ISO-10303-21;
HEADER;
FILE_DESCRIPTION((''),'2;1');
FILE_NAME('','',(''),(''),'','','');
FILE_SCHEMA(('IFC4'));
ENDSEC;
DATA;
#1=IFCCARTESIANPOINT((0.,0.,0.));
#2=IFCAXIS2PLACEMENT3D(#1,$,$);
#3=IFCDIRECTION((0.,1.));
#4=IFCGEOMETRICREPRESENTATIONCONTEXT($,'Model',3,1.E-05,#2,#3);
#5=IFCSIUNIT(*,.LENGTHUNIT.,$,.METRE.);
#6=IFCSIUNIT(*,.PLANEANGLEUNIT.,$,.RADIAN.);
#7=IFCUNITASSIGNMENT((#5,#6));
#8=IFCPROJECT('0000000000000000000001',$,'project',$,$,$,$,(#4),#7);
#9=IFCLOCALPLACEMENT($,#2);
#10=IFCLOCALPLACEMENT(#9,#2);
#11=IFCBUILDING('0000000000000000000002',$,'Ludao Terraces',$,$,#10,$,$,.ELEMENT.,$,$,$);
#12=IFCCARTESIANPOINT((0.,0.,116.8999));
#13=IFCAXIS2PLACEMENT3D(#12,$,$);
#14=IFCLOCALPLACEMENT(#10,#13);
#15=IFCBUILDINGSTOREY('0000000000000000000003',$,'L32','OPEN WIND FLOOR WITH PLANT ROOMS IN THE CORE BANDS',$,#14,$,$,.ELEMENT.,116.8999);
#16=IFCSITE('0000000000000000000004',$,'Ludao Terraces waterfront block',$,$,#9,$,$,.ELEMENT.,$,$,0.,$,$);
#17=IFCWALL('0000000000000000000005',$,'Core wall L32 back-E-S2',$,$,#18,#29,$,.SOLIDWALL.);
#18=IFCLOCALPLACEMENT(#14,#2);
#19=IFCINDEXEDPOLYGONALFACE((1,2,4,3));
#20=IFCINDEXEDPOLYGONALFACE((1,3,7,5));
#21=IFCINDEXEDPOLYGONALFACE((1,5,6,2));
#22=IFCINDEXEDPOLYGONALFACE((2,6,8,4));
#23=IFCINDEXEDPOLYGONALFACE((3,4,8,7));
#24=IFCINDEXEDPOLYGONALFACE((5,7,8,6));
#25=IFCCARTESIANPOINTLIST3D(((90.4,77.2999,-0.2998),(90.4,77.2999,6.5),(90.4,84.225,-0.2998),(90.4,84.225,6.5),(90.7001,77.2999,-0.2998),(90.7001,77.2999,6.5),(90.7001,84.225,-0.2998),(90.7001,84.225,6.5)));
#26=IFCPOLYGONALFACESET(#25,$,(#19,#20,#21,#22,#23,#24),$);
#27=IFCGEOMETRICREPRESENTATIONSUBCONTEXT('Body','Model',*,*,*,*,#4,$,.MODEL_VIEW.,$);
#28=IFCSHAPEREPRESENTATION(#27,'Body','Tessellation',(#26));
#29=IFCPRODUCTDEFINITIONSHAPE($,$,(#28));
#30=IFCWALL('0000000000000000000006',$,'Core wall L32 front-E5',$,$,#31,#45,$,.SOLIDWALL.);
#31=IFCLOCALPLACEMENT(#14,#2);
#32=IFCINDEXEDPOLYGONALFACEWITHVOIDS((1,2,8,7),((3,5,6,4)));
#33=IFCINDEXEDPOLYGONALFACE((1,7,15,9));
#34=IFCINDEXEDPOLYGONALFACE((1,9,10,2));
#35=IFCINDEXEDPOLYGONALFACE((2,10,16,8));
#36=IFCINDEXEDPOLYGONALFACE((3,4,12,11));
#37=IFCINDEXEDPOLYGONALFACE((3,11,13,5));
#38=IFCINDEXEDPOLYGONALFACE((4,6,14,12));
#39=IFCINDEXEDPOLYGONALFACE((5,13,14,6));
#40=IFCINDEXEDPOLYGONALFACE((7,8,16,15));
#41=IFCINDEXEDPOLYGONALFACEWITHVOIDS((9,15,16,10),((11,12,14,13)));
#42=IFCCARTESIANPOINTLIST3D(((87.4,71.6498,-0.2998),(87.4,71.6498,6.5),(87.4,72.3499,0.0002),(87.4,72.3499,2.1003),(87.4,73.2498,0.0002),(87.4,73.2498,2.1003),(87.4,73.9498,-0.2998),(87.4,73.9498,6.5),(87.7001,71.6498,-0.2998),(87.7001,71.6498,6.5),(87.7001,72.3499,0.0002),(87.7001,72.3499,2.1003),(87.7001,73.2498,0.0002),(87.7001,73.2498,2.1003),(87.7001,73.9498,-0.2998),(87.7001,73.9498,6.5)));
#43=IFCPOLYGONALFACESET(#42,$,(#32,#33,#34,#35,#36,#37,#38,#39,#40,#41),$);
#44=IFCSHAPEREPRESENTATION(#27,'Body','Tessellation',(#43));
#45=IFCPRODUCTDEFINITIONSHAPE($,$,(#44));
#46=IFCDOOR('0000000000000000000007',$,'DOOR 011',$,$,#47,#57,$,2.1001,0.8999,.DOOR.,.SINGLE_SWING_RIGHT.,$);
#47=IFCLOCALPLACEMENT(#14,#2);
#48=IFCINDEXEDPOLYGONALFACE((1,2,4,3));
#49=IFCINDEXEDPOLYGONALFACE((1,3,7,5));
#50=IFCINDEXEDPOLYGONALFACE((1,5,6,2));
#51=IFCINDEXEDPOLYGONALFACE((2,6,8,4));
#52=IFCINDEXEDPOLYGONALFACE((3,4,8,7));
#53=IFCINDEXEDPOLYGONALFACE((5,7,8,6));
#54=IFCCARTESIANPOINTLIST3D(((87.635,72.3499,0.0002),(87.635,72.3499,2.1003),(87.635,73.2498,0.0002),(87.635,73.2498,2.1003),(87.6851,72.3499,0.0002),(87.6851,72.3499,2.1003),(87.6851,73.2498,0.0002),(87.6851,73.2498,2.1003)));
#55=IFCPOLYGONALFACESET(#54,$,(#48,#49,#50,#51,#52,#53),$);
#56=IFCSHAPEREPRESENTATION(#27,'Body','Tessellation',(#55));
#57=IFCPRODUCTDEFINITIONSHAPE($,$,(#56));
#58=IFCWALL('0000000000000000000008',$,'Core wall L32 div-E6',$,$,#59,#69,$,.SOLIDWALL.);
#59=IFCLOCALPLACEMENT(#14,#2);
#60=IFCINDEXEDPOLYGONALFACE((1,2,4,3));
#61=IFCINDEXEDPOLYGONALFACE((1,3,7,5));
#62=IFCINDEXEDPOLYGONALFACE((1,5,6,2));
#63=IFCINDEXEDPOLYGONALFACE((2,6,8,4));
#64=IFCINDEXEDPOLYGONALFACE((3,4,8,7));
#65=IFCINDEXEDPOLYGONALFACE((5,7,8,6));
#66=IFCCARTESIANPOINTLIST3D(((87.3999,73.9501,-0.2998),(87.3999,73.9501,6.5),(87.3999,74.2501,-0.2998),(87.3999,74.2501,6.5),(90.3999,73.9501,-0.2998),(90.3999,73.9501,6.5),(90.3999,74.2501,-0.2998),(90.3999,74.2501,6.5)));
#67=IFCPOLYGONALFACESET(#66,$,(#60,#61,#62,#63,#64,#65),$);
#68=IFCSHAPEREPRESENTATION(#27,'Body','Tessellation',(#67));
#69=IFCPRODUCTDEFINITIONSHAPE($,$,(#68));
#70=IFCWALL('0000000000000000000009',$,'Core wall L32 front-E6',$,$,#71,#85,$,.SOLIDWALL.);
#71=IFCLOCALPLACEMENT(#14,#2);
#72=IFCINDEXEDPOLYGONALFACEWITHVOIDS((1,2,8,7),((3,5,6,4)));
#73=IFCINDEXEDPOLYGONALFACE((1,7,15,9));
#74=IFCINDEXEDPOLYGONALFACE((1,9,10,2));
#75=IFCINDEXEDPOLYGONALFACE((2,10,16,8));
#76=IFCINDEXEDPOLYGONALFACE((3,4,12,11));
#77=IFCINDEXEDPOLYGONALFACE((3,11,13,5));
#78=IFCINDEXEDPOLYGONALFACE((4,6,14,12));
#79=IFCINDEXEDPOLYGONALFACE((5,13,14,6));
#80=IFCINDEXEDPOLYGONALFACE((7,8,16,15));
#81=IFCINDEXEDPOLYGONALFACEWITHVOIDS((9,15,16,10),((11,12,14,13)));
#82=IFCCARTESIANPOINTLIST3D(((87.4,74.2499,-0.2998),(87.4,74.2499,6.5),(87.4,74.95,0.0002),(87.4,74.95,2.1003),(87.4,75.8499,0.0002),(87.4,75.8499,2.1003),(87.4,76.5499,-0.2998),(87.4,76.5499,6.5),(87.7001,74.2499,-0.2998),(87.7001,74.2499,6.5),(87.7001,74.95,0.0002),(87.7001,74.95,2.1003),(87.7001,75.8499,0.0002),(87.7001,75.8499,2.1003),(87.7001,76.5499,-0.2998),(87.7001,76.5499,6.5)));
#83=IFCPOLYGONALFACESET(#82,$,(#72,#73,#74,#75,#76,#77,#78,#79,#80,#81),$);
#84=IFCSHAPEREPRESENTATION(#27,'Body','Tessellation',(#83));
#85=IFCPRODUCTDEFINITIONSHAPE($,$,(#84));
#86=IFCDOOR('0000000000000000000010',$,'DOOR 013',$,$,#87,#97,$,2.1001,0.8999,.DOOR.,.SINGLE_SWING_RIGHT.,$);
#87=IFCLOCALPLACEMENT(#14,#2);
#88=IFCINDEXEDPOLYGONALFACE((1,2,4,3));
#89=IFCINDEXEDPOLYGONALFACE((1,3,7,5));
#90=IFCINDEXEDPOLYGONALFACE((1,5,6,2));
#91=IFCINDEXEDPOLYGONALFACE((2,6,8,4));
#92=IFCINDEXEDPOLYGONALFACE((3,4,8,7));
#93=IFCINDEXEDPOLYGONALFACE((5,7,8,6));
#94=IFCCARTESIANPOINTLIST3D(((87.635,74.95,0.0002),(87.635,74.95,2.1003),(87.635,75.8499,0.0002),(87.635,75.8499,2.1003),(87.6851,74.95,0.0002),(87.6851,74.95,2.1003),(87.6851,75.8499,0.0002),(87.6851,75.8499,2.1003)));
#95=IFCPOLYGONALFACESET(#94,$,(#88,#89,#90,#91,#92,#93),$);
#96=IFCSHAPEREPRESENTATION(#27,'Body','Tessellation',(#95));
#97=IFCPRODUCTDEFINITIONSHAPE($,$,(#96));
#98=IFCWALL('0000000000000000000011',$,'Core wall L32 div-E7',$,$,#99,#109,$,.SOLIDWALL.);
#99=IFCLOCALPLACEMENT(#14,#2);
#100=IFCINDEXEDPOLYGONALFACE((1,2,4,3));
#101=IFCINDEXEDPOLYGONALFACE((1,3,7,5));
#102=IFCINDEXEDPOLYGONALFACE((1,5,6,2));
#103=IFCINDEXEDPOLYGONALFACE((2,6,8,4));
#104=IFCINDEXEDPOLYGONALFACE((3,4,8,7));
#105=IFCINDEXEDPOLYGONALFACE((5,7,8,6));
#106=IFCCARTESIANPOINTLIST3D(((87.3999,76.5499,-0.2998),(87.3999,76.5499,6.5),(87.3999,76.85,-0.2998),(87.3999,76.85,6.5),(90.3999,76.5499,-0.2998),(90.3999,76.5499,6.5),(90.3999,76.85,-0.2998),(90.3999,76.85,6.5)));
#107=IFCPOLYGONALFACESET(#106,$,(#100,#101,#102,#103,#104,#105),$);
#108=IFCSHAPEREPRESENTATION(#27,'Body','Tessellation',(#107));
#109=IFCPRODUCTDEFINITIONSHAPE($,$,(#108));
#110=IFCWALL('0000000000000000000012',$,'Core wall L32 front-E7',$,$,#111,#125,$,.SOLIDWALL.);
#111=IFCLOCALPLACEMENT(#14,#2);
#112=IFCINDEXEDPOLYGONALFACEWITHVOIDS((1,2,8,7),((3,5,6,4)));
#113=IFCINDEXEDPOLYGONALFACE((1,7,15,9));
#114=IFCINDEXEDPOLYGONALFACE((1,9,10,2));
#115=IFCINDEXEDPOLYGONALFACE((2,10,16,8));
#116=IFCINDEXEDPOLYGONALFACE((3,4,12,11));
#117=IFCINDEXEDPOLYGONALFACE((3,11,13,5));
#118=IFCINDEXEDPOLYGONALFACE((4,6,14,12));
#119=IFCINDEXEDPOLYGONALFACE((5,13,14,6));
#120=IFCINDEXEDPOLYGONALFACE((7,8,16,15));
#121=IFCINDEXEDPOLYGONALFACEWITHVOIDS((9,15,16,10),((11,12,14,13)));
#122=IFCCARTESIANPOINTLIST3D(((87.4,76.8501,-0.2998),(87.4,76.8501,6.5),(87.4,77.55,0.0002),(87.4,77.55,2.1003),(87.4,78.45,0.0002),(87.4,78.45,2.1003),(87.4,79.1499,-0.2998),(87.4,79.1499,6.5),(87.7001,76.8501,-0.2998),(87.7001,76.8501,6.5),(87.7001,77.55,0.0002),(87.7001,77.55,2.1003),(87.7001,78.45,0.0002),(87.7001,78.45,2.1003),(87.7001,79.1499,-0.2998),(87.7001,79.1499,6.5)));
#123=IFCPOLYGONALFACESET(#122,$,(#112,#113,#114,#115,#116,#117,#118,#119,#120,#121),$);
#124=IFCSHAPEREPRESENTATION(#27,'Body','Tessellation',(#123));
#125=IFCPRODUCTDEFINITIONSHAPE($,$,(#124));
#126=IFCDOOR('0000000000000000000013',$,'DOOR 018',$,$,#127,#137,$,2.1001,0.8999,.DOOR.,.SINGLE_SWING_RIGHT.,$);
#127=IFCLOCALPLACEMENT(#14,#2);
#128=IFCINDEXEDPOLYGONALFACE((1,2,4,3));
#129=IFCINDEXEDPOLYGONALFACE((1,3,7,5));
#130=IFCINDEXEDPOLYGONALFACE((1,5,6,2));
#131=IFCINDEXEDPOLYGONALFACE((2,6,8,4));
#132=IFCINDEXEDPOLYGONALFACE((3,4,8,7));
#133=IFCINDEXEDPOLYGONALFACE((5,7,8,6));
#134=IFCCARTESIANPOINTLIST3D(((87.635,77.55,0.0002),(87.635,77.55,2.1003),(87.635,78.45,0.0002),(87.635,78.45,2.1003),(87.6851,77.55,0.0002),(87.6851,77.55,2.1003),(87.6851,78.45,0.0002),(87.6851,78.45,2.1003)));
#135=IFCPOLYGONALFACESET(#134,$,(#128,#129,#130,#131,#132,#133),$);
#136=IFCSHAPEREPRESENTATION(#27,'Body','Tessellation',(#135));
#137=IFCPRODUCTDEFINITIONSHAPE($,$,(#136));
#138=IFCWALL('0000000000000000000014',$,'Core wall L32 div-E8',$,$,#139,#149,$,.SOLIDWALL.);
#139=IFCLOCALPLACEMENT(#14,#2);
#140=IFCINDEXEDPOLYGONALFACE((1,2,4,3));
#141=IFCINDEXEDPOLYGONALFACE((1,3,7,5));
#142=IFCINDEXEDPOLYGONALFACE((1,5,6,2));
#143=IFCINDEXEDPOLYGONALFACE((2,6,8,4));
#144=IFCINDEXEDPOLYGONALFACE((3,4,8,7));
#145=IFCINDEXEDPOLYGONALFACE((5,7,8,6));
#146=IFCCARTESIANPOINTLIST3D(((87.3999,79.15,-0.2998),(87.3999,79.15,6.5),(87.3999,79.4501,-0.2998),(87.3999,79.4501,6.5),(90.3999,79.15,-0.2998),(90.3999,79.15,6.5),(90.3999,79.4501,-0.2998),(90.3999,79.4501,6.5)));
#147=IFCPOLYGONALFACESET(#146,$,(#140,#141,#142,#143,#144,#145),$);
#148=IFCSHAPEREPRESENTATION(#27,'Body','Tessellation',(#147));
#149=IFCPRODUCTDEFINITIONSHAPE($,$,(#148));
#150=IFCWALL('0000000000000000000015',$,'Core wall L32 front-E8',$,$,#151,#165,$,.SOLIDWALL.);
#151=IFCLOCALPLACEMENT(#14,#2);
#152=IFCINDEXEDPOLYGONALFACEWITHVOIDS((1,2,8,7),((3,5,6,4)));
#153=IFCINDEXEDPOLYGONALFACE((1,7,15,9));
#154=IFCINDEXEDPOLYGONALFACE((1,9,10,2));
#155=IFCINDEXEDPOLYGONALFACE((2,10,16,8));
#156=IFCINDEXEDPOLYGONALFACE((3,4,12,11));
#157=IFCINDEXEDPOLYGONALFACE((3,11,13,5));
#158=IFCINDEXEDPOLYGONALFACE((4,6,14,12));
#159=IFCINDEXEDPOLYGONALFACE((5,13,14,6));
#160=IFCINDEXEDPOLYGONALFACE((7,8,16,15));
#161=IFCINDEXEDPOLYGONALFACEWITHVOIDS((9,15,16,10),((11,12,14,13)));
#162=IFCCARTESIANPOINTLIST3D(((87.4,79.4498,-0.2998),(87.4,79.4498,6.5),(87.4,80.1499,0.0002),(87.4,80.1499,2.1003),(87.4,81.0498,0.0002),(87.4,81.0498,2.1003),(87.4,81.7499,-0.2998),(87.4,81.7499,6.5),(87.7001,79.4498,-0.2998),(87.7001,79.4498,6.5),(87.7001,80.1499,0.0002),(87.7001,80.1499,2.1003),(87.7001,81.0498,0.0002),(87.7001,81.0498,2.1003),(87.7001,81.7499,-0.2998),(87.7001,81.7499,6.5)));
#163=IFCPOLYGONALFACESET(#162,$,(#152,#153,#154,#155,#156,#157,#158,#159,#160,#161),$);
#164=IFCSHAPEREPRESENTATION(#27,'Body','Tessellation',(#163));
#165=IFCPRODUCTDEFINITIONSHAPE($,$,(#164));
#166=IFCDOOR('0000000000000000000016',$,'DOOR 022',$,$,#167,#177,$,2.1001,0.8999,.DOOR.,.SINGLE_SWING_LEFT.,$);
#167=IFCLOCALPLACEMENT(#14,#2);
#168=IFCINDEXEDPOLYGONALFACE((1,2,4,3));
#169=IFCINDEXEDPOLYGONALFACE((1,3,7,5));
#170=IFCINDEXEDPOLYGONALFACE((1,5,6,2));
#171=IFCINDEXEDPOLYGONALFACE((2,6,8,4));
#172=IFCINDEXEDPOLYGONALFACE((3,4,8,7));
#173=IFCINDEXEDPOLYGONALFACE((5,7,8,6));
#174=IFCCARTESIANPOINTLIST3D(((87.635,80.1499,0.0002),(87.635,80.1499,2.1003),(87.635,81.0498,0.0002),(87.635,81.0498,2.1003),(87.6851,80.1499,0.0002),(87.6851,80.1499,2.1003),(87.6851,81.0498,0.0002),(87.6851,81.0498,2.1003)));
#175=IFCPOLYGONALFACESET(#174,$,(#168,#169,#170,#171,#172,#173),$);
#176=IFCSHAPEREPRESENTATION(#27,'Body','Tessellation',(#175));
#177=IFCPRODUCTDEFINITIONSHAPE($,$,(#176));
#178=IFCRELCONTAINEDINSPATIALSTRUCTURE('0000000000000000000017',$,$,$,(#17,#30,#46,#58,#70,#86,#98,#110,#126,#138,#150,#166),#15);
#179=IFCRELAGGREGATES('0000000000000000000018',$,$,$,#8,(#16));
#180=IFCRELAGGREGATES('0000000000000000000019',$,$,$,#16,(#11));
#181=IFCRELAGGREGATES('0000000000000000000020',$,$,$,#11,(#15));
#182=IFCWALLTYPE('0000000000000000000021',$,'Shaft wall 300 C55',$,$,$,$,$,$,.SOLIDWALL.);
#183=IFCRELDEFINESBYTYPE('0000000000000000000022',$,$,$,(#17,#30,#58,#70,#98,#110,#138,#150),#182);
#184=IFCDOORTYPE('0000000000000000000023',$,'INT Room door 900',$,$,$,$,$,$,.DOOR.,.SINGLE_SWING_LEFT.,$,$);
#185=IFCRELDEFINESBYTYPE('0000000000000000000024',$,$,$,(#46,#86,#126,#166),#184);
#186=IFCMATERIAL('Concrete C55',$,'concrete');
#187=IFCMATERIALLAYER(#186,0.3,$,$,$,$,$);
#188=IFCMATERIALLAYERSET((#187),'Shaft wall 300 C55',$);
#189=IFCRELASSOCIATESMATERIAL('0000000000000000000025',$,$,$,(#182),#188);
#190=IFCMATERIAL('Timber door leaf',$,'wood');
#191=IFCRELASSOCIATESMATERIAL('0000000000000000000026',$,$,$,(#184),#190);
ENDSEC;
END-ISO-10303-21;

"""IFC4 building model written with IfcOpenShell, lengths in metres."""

from ifc_helpers import new_model, si_unit, direction, frame, frame_2d, origin, place, context, subcontext, project, spatial, rectangle, extrude, material, layer, layer_set, type_object, element, fill, save


model = new_model("IFC4")

# Units and contexts
model_context = context("Model", 3, precision=1e-05, world=origin(), true_north=direction((0.0, 1.0)))
body_context = subcontext(model_context, "Body", "Model", "MODEL_VIEW")
ifc_project = project(units=[si_unit("LENGTHUNIT", "METRE"), si_unit("PLANEANGLEUNIT", "RADIAN")], contexts=[model_context])

# Site, building, storey
site_placement = place(None, origin())
site = spatial("IfcSite", under=ifc_project, at=site_placement, Name="Ludao Terraces waterfront block", CompositionType="ELEMENT", RefElevation=0.0)
building_placement = place(site_placement, origin())
building = spatial("IfcBuilding", under=site, at=building_placement, Name="Ludao Terraces", CompositionType="ELEMENT")
storey_placement = place(building_placement, frame((0.0, 0.0, 116.8999)))
storey = spatial("IfcBuildingStorey", under=building, at=storey_placement, Name="L32", Description="OPEN WIND FLOOR WITH PLANT ROOMS IN THE CORE BANDS", CompositionType="ELEMENT", Elevation=116.8999)

# Wall
ifc_material_1 = material(Name="Concrete C55", Category="concrete")
ifc_layer_1 = layer(ifc_material_1, 0.3)
ifc_layer_set_1 = layer_set([ifc_layer_1], Name="Shaft wall 300 C55")
wall_type_1 = type_object("IfcWallType", Name="Shaft wall 300 C55", PredefinedType="SOLIDWALL", material=ifc_layer_set_1)
wall_1_placement = place(storey_placement, frame((90.55, 77.3, -0.2998), z_axis=(0.0, 0.0, 1.0), x_axis=(0.0, 1.0, 0.0)))
element("IfcWall", 1, at=wall_1_placement, inside=storey, type_object=wall_type_1, Name="Core wall L32 back-E-S2", PredefinedType="SOLIDWALL", context=body_context, shape_type="SweptSolid", body=[
    extrude(rectangle(XDim=6.925, YDim=0.3, at=frame_2d((3.4624, 0.0))), origin(), (0.0, 0.0, 1.0), 6.7998),
])

# Wall, opening, door
wall_2_placement = place(storey_placement, frame((87.55, 71.6499, -0.2998), z_axis=(0.0, 0.0, 1.0), x_axis=(0.0, 1.0, 0.0)))
wall_2 = element("IfcWall", 2, at=wall_2_placement, inside=storey, type_object=wall_type_1, Name="Core wall L32 front-E5", PredefinedType="SOLIDWALL", context=body_context, shape_type="SweptSolid", body=[
    extrude(rectangle(XDim=2.3, YDim=0.3, at=frame_2d((1.1499, 0.0))), origin(), (0.0, 0.0, 1.0), 6.7998),
])
opening_1_placement = place(wall_2_placement, frame((0.7, 0.0, 0.3)))
opening_1 = element("IfcOpeningElement", 3, at=opening_1_placement, cuts=wall_2, PredefinedType="OPENING", context=body_context, shape_type="SweptSolid", body=[
    extrude(rectangle(XDim=0.8999, YDim=2.1001, at=frame_2d((0.45, 1.05))), frame((0.0, 0.1602, 0.0), z_axis=(0.0, -1.0, 0.0), x_axis=(1.0, 0.0, 0.0)), (0.0, 0.0, 1.0), 0.3201),
])
ifc_material_2 = material(Name="Timber door leaf", Category="wood")
door_type = type_object("IfcDoorType", Name="INT Room door 900", OperationType="SINGLE_SWING_LEFT", PredefinedType="DOOR", material=ifc_material_2)
door_1_placement = place(opening_1_placement, origin())
door_1 = element("IfcDoor", 4, at=door_1_placement, inside=storey, type_object=door_type, Name="DOOR 011", OperationType="SINGLE_SWING_RIGHT", OverallHeight=2.1001, OverallWidth=0.8999, PredefinedType="DOOR", context=body_context, shape_type="SweptSolid", body=[
    extrude(rectangle(XDim=0.8999, YDim=2.1001, at=frame_2d((0.45, 1.05))), frame((0.0, -0.085, 0.0), z_axis=(0.0, -1.0, 0.0), x_axis=(1.0, 0.0, 0.0)), (0.0, 0.0, 1.0), 0.05),
])
fill(opening_1, door_1)

# Wall
wall_3_placement = place(storey_placement, frame((87.3999, 74.1001, -0.2998), z_axis=(0.0, 0.0, 1.0), x_axis=(1.0, 0.0, 0.0)))
element("IfcWall", 5, at=wall_3_placement, inside=storey, type_object=wall_type_1, Name="Core wall L32 div-E6", PredefinedType="SOLIDWALL", context=body_context, shape_type="SweptSolid", body=[
    extrude(rectangle(XDim=3.0, YDim=0.3, at=frame_2d((1.5, 0.0))), origin(), (0.0, 0.0, 1.0), 6.7998),
])

# Wall, opening, door
wall_4_placement = place(storey_placement, frame((87.55, 74.25, -0.2998), z_axis=(0.0, 0.0, 1.0), x_axis=(0.0, 1.0, 0.0)))
wall_4 = element("IfcWall", 6, at=wall_4_placement, inside=storey, type_object=wall_type_1, Name="Core wall L32 front-E6", PredefinedType="SOLIDWALL", context=body_context, shape_type="SweptSolid", body=[
    extrude(rectangle(XDim=2.3, YDim=0.3, at=frame_2d((1.1499, 0.0))), origin(), (0.0, 0.0, 1.0), 6.7998),
])
opening_2_placement = place(wall_4_placement, frame((0.7, 0.0, 0.3)))
opening_2 = element("IfcOpeningElement", 7, at=opening_2_placement, cuts=wall_4, PredefinedType="OPENING", context=body_context, shape_type="SweptSolid", body=[
    extrude(rectangle(XDim=0.8999, YDim=2.1001, at=frame_2d((0.45, 1.05))), frame((0.0, 0.1602, 0.0), z_axis=(0.0, -1.0, 0.0), x_axis=(1.0, 0.0, 0.0)), (0.0, 0.0, 1.0), 0.3201),
])
door_2_placement = place(opening_2_placement, origin())
door_2 = element("IfcDoor", 8, at=door_2_placement, inside=storey, type_object=door_type, Name="DOOR 013", OperationType="SINGLE_SWING_RIGHT", OverallHeight=2.1001, OverallWidth=0.8999, PredefinedType="DOOR", context=body_context, shape_type="SweptSolid", body=[
    extrude(rectangle(XDim=0.8999, YDim=2.1001, at=frame_2d((0.45, 1.05))), frame((0.0, -0.085, 0.0), z_axis=(0.0, -1.0, 0.0), x_axis=(1.0, 0.0, 0.0)), (0.0, 0.0, 1.0), 0.05),
])
fill(opening_2, door_2)

# Wall
wall_5_placement = place(storey_placement, frame((87.3999, 76.7, -0.2998), z_axis=(0.0, 0.0, 1.0), x_axis=(1.0, 0.0, 0.0)))
element("IfcWall", 9, at=wall_5_placement, inside=storey, type_object=wall_type_1, Name="Core wall L32 div-E7", PredefinedType="SOLIDWALL", context=body_context, shape_type="SweptSolid", body=[
    extrude(rectangle(XDim=3.0, YDim=0.3, at=frame_2d((1.5, 0.0))), origin(), (0.0, 0.0, 1.0), 6.7998),
])

# Wall, opening, door
wall_6_placement = place(storey_placement, frame((87.55, 76.8501, -0.2998), z_axis=(0.0, 0.0, 1.0), x_axis=(0.0, 1.0, 0.0)))
wall_6 = element("IfcWall", 10, at=wall_6_placement, inside=storey, type_object=wall_type_1, Name="Core wall L32 front-E7", PredefinedType="SOLIDWALL", context=body_context, shape_type="SweptSolid", body=[
    extrude(rectangle(XDim=2.2998, YDim=0.3, at=frame_2d((1.1499, 0.0))), origin(), (0.0, 0.0, 1.0), 6.7998),
])
opening_3_placement = place(wall_6_placement, frame((0.7, 0.0, 0.3)))
opening_3 = element("IfcOpeningElement", 11, at=opening_3_placement, cuts=wall_6, PredefinedType="OPENING", context=body_context, shape_type="SweptSolid", body=[
    extrude(rectangle(XDim=0.8999, YDim=2.1001, at=frame_2d((0.45, 1.05))), frame((0.0, 0.1602, 0.0), z_axis=(0.0, -1.0, 0.0), x_axis=(1.0, 0.0, 0.0)), (0.0, 0.0, 1.0), 0.3201),
])
door_3_placement = place(opening_3_placement, origin())
door_3 = element("IfcDoor", 12, at=door_3_placement, inside=storey, type_object=door_type, Name="DOOR 018", OperationType="SINGLE_SWING_RIGHT", OverallHeight=2.1001, OverallWidth=0.8999, PredefinedType="DOOR", context=body_context, shape_type="SweptSolid", body=[
    extrude(rectangle(XDim=0.8999, YDim=2.1001, at=frame_2d((0.45, 1.05))), frame((0.0, -0.085, 0.0), z_axis=(0.0, -1.0, 0.0), x_axis=(1.0, 0.0, 0.0)), (0.0, 0.0, 1.0), 0.05),
])
fill(opening_3, door_3)

# Wall
wall_7_placement = place(storey_placement, frame((87.3999, 79.3, -0.2998), z_axis=(0.0, 0.0, 1.0), x_axis=(1.0, 0.0, 0.0)))
element("IfcWall", 13, at=wall_7_placement, inside=storey, type_object=wall_type_1, Name="Core wall L32 div-E8", PredefinedType="SOLIDWALL", context=body_context, shape_type="SweptSolid", body=[
    extrude(rectangle(XDim=3.0, YDim=0.3, at=frame_2d((1.5, 0.0))), origin(), (0.0, 0.0, 1.0), 6.7998),
])

# Wall, opening, door
wall_8_placement = place(storey_placement, frame((87.55, 79.45, -0.2998), z_axis=(0.0, 0.0, 1.0), x_axis=(0.0, 1.0, 0.0)))
wall_8 = element("IfcWall", 14, at=wall_8_placement, inside=storey, type_object=wall_type_1, Name="Core wall L32 front-E8", PredefinedType="SOLIDWALL", context=body_context, shape_type="SweptSolid", body=[
    extrude(rectangle(XDim=2.3, YDim=0.3, at=frame_2d((1.1499, 0.0))), origin(), (0.0, 0.0, 1.0), 6.7998),
])
opening_4_placement = place(wall_8_placement, frame((0.7, 0.0, 0.3)))
opening_4 = element("IfcOpeningElement", 15, at=opening_4_placement, cuts=wall_8, PredefinedType="OPENING", context=body_context, shape_type="SweptSolid", body=[
    extrude(rectangle(XDim=0.8999, YDim=2.1001, at=frame_2d((0.45, 1.05))), frame((0.0, 0.1602, 0.0), z_axis=(0.0, -1.0, 0.0), x_axis=(1.0, 0.0, 0.0)), (0.0, 0.0, 1.0), 0.3201),
])
door_4_placement = place(opening_4_placement, origin())
door_4 = element("IfcDoor", 16, at=door_4_placement, inside=storey, type_object=door_type, Name="DOOR 022", OperationType="SINGLE_SWING_LEFT", OverallHeight=2.1001, OverallWidth=0.8999, PredefinedType="DOOR", context=body_context, shape_type="SweptSolid", body=[
    extrude(rectangle(XDim=0.8999, YDim=2.1001, at=frame_2d((0.45, 1.05))), frame((0.0, -0.085, 0.0), z_axis=(0.0, -1.0, 0.0), x_axis=(1.0, 0.0, 0.0)), (0.0, 0.0, 1.0), 0.05),
])
fill(opening_4, door_4)

save(model, "model.ifc")
